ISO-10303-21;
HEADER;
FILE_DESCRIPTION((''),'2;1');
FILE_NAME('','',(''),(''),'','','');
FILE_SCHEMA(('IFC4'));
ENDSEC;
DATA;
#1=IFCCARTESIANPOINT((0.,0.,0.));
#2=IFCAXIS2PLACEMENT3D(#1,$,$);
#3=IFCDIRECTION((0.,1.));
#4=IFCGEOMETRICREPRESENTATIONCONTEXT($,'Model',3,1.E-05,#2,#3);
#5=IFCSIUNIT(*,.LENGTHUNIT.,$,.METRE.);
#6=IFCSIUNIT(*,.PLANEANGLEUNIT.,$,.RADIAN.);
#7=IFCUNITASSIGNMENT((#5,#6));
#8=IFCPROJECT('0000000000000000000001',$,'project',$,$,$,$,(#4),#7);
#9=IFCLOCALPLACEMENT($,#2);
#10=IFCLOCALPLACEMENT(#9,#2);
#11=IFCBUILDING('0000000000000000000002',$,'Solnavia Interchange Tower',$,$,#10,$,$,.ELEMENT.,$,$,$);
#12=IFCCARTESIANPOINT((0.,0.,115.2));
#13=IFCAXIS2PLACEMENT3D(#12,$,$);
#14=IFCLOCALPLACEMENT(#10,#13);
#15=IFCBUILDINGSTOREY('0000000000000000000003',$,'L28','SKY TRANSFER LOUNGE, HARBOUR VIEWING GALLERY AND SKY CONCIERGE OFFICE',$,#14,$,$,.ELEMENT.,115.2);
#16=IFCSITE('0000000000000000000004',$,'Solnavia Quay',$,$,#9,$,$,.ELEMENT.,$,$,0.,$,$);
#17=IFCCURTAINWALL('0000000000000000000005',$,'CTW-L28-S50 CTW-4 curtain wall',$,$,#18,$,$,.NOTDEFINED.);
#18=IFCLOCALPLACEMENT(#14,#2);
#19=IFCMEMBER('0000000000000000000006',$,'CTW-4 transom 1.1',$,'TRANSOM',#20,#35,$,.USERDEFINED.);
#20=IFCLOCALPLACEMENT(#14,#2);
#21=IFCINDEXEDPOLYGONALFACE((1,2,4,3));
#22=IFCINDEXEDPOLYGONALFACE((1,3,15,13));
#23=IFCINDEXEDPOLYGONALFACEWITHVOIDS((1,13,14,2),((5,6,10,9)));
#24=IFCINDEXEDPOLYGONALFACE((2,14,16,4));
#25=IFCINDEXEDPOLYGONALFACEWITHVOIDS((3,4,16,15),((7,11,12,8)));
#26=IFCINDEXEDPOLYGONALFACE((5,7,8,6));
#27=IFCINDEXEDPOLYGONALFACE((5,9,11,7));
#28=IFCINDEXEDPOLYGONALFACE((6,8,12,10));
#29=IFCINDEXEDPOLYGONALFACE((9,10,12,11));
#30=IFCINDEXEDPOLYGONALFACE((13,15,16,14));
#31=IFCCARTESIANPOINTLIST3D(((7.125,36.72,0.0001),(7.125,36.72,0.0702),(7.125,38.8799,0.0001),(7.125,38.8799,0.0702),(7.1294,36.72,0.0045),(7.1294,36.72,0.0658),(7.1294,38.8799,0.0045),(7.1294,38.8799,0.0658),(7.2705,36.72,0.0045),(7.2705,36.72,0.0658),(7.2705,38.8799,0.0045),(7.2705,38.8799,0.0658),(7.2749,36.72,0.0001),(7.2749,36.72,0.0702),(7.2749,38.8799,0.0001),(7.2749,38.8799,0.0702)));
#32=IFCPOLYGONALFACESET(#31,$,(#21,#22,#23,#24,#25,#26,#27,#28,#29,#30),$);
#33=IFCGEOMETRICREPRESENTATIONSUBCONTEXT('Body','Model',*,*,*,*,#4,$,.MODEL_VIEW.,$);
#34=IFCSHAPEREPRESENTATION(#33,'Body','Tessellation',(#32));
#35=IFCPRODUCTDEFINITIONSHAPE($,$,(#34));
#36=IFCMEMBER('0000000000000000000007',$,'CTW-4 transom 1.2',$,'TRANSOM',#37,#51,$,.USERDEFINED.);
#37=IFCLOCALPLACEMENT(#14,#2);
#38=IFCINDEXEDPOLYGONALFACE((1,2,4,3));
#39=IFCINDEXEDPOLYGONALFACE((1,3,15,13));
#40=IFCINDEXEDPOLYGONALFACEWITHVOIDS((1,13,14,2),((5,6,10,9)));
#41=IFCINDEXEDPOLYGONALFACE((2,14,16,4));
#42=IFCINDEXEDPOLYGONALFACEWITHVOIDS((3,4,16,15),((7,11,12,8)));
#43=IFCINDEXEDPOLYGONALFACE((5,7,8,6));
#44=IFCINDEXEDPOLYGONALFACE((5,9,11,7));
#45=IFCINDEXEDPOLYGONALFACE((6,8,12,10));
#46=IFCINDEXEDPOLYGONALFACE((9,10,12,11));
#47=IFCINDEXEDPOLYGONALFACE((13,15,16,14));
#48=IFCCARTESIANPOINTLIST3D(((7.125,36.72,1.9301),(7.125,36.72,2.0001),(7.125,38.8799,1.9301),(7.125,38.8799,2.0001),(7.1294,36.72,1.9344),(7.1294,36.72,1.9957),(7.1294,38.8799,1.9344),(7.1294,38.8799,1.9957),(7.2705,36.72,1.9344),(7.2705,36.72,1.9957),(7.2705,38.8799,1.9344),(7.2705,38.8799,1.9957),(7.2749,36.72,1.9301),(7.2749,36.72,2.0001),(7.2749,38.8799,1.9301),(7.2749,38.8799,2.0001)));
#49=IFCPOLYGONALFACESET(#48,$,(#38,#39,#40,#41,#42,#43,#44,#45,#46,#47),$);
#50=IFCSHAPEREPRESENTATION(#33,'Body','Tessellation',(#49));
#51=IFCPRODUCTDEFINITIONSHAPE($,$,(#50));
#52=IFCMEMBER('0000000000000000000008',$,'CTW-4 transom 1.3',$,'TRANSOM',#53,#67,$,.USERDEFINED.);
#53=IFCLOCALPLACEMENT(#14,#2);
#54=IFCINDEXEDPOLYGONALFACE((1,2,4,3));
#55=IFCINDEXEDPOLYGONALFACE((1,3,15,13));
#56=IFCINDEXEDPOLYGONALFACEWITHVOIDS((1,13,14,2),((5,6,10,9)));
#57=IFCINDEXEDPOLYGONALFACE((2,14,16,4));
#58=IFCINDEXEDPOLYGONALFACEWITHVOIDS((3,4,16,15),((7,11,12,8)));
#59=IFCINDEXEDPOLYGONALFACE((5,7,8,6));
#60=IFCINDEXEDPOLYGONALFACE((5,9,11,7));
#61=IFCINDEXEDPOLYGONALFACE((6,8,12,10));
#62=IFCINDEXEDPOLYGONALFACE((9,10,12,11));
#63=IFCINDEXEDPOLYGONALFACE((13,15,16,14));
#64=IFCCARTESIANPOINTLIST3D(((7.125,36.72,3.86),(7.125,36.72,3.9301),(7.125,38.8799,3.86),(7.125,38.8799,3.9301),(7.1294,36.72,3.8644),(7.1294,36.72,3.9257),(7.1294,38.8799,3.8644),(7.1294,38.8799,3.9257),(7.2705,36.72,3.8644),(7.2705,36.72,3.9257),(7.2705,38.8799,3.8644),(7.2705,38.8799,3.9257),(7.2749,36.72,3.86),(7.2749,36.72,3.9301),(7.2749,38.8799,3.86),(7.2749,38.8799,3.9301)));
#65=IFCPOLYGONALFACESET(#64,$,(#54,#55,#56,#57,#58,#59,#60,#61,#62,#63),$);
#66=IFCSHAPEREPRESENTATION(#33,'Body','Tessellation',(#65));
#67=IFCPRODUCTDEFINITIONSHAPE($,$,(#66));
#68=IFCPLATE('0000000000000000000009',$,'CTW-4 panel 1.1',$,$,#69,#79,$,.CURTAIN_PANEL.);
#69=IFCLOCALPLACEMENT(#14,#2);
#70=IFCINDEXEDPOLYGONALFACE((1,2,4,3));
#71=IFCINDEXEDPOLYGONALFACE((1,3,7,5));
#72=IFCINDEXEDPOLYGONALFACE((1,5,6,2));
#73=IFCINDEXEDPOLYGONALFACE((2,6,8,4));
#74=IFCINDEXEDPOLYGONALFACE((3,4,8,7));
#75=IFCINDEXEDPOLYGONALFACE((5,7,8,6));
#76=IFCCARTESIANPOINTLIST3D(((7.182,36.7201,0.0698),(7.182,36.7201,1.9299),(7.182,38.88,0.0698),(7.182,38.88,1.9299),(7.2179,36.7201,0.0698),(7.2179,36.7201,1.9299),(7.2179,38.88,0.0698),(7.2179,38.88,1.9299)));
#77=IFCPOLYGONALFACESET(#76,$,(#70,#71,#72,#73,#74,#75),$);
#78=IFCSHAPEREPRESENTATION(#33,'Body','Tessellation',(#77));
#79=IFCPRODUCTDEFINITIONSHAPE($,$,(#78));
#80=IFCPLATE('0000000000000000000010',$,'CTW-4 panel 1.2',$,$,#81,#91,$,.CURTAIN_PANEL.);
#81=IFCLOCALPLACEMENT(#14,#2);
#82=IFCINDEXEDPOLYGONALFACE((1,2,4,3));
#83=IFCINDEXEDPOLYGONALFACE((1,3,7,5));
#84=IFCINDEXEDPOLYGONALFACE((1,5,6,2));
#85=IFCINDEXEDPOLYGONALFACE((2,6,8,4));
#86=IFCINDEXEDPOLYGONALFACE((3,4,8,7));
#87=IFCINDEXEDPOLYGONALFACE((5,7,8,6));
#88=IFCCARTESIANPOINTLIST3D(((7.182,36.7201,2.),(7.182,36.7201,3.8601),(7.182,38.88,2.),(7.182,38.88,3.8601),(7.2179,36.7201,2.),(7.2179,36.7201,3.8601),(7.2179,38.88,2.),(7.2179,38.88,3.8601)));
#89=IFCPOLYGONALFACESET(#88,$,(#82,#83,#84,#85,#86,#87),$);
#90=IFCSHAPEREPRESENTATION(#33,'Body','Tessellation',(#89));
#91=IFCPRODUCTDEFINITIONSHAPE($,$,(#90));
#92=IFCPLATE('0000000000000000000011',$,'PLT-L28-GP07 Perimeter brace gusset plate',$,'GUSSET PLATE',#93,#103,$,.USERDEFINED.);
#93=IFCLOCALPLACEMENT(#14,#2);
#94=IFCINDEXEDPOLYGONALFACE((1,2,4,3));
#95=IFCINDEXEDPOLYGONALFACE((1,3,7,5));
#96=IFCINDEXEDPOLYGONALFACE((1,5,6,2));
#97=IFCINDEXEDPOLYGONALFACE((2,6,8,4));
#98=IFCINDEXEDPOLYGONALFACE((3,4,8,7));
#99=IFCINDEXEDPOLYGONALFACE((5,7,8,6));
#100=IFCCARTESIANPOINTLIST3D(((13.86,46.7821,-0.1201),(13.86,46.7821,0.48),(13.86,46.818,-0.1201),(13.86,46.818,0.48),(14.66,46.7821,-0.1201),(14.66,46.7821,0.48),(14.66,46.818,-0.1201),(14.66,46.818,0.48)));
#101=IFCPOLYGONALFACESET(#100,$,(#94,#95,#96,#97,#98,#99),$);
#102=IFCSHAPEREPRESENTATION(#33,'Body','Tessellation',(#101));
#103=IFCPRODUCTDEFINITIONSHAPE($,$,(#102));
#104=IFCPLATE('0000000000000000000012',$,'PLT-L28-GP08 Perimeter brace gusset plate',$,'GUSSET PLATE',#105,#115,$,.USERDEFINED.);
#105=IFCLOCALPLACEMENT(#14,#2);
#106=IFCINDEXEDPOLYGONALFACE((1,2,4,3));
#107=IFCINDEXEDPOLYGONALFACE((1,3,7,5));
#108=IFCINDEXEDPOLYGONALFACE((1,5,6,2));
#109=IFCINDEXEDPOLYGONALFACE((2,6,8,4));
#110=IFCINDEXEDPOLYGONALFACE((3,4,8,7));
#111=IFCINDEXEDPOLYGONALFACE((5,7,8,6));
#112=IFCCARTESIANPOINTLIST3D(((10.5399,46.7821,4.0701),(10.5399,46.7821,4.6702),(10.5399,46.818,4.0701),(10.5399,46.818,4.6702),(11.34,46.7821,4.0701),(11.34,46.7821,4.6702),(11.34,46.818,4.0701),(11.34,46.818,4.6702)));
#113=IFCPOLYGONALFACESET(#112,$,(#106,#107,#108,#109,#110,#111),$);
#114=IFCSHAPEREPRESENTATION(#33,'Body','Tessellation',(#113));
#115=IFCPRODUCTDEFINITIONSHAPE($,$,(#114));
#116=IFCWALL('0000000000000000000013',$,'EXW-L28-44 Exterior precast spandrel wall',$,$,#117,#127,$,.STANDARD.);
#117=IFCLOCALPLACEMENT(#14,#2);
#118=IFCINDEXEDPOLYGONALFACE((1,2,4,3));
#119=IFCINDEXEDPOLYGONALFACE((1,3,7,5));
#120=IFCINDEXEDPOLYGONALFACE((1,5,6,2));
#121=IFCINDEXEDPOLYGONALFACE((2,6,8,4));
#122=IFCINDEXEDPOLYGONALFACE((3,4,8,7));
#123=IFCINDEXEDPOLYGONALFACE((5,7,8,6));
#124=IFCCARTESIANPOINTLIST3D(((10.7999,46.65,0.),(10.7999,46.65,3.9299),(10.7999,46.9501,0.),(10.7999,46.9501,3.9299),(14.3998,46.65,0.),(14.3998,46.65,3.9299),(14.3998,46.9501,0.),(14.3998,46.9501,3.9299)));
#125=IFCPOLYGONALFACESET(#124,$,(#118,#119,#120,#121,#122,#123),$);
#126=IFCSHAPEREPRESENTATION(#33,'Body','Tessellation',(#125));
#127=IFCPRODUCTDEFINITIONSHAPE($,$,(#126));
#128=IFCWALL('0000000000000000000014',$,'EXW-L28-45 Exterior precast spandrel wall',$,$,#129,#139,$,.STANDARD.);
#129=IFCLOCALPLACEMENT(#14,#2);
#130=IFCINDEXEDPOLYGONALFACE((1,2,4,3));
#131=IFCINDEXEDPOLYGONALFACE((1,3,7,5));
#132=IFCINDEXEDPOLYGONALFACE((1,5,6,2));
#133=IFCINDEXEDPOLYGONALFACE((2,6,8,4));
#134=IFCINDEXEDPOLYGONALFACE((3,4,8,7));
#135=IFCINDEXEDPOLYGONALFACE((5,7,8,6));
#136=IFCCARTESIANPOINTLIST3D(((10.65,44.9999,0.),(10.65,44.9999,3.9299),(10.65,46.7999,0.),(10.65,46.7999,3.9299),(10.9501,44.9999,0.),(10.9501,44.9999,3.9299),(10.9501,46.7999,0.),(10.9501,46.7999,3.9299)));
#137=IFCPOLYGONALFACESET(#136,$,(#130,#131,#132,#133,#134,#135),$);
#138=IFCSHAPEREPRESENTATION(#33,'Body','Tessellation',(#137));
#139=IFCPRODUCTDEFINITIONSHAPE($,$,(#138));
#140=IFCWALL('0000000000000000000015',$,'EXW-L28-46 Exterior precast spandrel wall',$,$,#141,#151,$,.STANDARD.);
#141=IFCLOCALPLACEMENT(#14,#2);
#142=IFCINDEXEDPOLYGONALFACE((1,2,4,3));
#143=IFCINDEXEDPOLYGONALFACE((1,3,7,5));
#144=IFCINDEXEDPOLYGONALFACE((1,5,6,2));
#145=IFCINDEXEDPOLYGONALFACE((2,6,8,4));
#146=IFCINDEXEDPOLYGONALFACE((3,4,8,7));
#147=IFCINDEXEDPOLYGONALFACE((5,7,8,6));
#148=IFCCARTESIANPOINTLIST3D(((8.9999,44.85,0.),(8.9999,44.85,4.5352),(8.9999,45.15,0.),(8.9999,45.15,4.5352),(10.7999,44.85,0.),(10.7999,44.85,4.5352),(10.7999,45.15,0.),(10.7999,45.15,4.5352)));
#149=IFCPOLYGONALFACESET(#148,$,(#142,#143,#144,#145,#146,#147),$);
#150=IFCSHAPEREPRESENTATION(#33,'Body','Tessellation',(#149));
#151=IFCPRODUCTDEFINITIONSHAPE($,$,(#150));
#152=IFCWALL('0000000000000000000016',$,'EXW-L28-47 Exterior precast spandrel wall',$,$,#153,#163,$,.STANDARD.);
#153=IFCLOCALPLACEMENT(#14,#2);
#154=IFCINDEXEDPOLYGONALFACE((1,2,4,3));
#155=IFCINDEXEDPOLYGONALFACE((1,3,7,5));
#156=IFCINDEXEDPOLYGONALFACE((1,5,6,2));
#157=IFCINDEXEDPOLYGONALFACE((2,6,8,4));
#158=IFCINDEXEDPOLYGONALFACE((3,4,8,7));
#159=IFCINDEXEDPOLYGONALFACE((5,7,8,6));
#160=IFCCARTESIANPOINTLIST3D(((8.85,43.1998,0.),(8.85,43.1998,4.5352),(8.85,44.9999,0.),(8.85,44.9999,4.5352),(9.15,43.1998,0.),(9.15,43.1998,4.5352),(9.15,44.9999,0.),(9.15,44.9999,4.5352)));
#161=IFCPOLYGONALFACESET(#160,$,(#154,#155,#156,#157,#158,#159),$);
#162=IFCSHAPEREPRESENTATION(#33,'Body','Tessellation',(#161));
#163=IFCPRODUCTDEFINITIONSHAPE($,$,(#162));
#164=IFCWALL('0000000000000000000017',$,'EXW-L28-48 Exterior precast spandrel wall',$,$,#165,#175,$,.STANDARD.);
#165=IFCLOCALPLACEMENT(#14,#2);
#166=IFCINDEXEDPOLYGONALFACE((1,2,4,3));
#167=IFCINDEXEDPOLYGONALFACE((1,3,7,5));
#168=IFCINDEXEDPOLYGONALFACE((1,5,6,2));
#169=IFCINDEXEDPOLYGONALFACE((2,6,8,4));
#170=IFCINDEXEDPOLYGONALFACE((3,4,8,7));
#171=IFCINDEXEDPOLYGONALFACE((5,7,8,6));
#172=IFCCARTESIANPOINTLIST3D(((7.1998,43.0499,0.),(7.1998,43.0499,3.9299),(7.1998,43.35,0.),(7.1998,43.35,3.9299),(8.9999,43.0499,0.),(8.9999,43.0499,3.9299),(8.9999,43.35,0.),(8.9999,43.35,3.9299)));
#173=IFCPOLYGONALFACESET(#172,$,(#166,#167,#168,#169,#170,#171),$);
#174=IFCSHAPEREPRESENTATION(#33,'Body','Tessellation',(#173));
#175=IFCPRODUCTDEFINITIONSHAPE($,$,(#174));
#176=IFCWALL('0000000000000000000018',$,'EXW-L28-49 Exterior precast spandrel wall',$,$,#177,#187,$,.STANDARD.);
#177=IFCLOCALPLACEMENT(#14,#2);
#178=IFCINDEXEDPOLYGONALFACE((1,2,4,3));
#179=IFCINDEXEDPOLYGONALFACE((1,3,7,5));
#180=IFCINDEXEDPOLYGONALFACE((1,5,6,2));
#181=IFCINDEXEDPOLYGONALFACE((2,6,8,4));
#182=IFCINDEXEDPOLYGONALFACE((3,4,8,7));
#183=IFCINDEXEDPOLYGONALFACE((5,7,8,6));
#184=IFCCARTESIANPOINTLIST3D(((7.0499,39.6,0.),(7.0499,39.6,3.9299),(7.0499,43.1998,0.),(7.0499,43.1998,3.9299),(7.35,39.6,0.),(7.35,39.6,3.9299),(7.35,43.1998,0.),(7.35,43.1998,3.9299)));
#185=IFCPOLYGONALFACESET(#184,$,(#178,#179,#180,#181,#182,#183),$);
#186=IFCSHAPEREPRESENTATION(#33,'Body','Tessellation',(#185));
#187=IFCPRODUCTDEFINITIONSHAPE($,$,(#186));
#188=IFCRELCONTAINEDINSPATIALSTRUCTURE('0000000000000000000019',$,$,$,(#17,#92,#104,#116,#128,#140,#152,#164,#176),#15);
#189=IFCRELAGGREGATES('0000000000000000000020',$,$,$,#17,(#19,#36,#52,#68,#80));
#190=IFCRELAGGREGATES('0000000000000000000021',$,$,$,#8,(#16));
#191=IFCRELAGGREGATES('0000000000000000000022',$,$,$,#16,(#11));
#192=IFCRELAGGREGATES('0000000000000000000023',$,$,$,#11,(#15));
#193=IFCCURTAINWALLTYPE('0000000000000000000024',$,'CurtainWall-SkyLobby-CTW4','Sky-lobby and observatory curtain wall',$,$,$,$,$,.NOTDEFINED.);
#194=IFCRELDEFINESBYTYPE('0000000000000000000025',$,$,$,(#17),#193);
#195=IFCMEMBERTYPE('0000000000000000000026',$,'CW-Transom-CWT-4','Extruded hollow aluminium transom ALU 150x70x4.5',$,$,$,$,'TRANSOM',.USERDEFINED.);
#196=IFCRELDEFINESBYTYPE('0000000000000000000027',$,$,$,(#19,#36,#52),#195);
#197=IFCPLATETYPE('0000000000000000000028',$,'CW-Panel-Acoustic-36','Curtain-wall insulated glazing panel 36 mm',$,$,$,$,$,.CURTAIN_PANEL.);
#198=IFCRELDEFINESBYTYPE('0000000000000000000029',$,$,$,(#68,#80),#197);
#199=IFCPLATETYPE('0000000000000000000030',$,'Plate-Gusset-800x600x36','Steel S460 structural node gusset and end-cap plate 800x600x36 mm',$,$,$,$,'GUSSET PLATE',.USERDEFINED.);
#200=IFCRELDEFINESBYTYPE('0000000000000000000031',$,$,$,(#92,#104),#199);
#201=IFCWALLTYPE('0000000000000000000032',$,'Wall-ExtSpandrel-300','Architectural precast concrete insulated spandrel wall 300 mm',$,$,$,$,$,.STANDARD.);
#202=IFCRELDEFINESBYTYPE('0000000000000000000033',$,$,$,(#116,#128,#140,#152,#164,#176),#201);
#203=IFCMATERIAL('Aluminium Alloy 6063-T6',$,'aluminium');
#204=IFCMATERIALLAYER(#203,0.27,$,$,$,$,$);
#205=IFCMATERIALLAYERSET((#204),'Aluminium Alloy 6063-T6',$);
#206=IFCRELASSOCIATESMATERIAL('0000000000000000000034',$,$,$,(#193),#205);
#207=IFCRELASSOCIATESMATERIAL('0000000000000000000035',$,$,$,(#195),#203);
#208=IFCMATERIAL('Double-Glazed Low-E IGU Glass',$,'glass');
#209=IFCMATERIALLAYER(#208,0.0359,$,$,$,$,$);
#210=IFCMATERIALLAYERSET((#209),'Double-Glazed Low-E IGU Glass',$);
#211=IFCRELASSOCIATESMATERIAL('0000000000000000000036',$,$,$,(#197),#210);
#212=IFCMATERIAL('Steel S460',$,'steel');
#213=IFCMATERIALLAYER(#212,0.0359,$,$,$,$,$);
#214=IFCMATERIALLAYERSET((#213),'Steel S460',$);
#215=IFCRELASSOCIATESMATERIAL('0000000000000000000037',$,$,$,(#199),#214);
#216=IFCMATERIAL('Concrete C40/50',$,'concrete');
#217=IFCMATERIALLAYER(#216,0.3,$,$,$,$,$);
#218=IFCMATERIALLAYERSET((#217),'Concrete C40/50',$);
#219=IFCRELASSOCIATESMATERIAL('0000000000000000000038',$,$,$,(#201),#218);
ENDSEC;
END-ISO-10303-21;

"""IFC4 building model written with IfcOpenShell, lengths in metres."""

from ifc_helpers import new_model, si_unit, direction, frame, frame_2d, origin, origin_2d, place, context, subcontext, project, spatial, rectangle, hollow_rectangle, extrude, material, layer, layer_set, material_profile, profile_set, type_object, element, aggregate, save


model = new_model("IFC4")

# Units and contexts
model_context = context("Model", 3, precision=1e-05, world=origin(), true_north=direction((0.0, 1.0)))
body_context = subcontext(model_context, "Body", "Model", "MODEL_VIEW")
ifc_project = project(units=[si_unit("LENGTHUNIT", "METRE"), si_unit("PLANEANGLEUNIT", "RADIAN")], contexts=[model_context])

# Site, building, storey
site_placement = place(None, origin())
site = spatial("IfcSite", under=ifc_project, at=site_placement, Name="Solnavia Quay", CompositionType="ELEMENT", RefElevation=0.0)
building_placement = place(site_placement, origin())
building = spatial("IfcBuilding", under=site, at=building_placement, Name="Solnavia Interchange Tower", CompositionType="ELEMENT")
storey_placement = place(building_placement, frame((0.0, 0.0, 115.2)))
storey = spatial("IfcBuildingStorey", under=building, at=storey_placement, Name="L28", Description="SKY TRANSFER LOUNGE, HARBOUR VIEWING GALLERY AND SKY CONCIERGE OFFICE", CompositionType="ELEMENT", Elevation=115.2)

# Shared definitions
ifc_material_1 = material(Name="Steel S460", Category="steel")

# Curtain wall, members, plates
ifc_material_2 = material(Name="Aluminium Alloy 6063-T6", Category="aluminium")
ifc_layer_1 = layer(ifc_material_2, 0.27)
ifc_layer_set_1 = layer_set([ifc_layer_1], Name="Aluminium Alloy 6063-T6")
curtain_wall_type = type_object("IfcCurtainWallType", Name="CurtainWall-SkyLobby-CTW4", Description="Sky-lobby and observatory curtain wall", PredefinedType="NOTDEFINED", material=ifc_layer_set_1)
curtain_wall_placement = place(storey_placement, origin())
curtain_wall = element("IfcCurtainWall", 1, at=curtain_wall_placement, inside=storey, type_object=curtain_wall_type, Name="CTW-L28-S50 CTW-4 curtain wall", PredefinedType="NOTDEFINED")
ifc_material_profile_1 = material_profile(ifc_material_2, hollow_rectangle(XDim=0.0701, YDim=0.1499, WallThickness=0.0044, at=origin_2d()), Name="ALU 150x70x4.5")
ifc_profile_set_1 = profile_set([ifc_material_profile_1], Name="Aluminium Alloy 6063-T6")
member_type_1 = type_object("IfcMemberType", Name="CW-Transom-CWT-4", Description="Extruded hollow aluminium transom ALU 150x70x4.5", ElementType="TRANSOM", PredefinedType="USERDEFINED", material=ifc_profile_set_1)
member_1_placement = place(storey_placement, frame((7.2, 38.8799, 0.0352), z_axis=(0.0, -1.0, 0.0), x_axis=(0.0, 0.0, 1.0)))
member_1 = element("IfcMember", 2, at=member_1_placement, type_object=member_type_1, Name="CTW-4 transom 1.1", ObjectType="TRANSOM", PredefinedType="USERDEFINED", context=body_context, shape_type="SweptSolid", body=[
    extrude(hollow_rectangle(XDim=0.0701, YDim=0.1499, WallThickness=0.0044, at=origin_2d()), origin(), (0.0, 0.0, 1.0), 2.1599),
])
member_2_placement = place(storey_placement, frame((7.2, 38.8799, 1.9651), z_axis=(0.0, -1.0, 0.0), x_axis=(0.0, 0.0, 1.0)))
member_2 = element("IfcMember", 3, at=member_2_placement, type_object=member_type_1, Name="CTW-4 transom 1.2", ObjectType="TRANSOM", PredefinedType="USERDEFINED", context=body_context, shape_type="SweptSolid", body=[
    extrude(hollow_rectangle(XDim=0.0701, YDim=0.1499, WallThickness=0.0044, at=origin_2d()), origin(), (0.0, 0.0, 1.0), 2.1599),
])
member_3_placement = place(storey_placement, frame((7.2, 38.8799, 3.895), z_axis=(0.0, -1.0, 0.0), x_axis=(0.0, 0.0, 1.0)))
member_3 = element("IfcMember", 4, at=member_3_placement, type_object=member_type_1, Name="CTW-4 transom 1.3", ObjectType="TRANSOM", PredefinedType="USERDEFINED", context=body_context, shape_type="SweptSolid", body=[
    extrude(hollow_rectangle(XDim=0.0701, YDim=0.1499, WallThickness=0.0044, at=origin_2d()), origin(), (0.0, 0.0, 1.0), 2.1599),
])
ifc_material_3 = material(Name="Double-Glazed Low-E IGU Glass", Category="glass")
ifc_layer_2 = layer(ifc_material_3, 0.0359)
ifc_layer_set_2 = layer_set([ifc_layer_2], Name="Double-Glazed Low-E IGU Glass")
plate_type_1 = type_object("IfcPlateType", Name="CW-Panel-Acoustic-36", Description="Curtain-wall insulated glazing panel 36 mm", PredefinedType="CURTAIN_PANEL", material=ifc_layer_set_2)
plate_1_placement = place(storey_placement, frame((7.2, 37.8, 0.0698), z_axis=(0.0, 0.0, 1.0), x_axis=(0.0, -1.0, 0.0)))
plate_1 = element("IfcPlate", 5, at=plate_1_placement, type_object=plate_type_1, Name="CTW-4 panel 1.1", PredefinedType="CURTAIN_PANEL", context=body_context, shape_type="SweptSolid", body=[
    extrude(rectangle(XDim=2.1599, YDim=0.0359, at=origin_2d()), origin(), (0.0, 0.0, 1.0), 1.8601),
])
plate_2_placement = place(storey_placement, frame((7.2, 37.8, 2.0), z_axis=(0.0, 0.0, 1.0), x_axis=(0.0, -1.0, 0.0)))
plate_2 = element("IfcPlate", 6, at=plate_2_placement, type_object=plate_type_1, Name="CTW-4 panel 1.2", PredefinedType="CURTAIN_PANEL", context=body_context, shape_type="SweptSolid", body=[
    extrude(rectangle(XDim=2.1599, YDim=0.0359, at=origin_2d()), origin(), (0.0, 0.0, 1.0), 1.8601),
])
aggregate(curtain_wall, [member_1, member_2, member_3, plate_1, plate_2])

# Plates
ifc_layer_3 = layer(ifc_material_1, 0.0359)
ifc_layer_set_3 = layer_set([ifc_layer_3], Name="Steel S460")
plate_type_2 = type_object("IfcPlateType", Name="Plate-Gusset-800x600x36", Description="Steel S460 structural node gusset and end-cap plate 800x600x36 mm", ElementType="GUSSET PLATE", PredefinedType="USERDEFINED", material=ifc_layer_set_3)
for number, where, z_axis, x_axis, name in (
    (7, (14.26, 46.8, -0.1201), (0.0, 0.0, 1.0), (-1.0, 0.0, 0.0), "PLT-L28-GP07 Perimeter brace gusset plate"),
    (8, (10.9399, 46.8, 4.0701), (0.0, 0.0, 1.0), (-1.0, 0.0, 0.0), "PLT-L28-GP08 Perimeter brace gusset plate"),
):
    element("IfcPlate", number, at=place(storey_placement, frame(where, z_axis=z_axis, x_axis=x_axis)), inside=storey, type_object=plate_type_2, Name=name, ObjectType="GUSSET PLATE", PredefinedType="USERDEFINED", context=body_context, shape_type="SweptSolid", body=[
        extrude(rectangle(XDim=0.8, YDim=0.0359, at=origin_2d()), origin(), (0.0, 0.0, 1.0), 0.6001),
    ])

# Walls
ifc_material_4 = material(Name="Concrete C40/50", Category="concrete")
ifc_layer_4 = layer(ifc_material_4, 0.3)
ifc_layer_set_4 = layer_set([ifc_layer_4], Name="Concrete C40/50")
wall_type = type_object("IfcWallType", Name="Wall-ExtSpandrel-300", Description="Architectural precast concrete insulated spandrel wall 300 mm", PredefinedType="STANDARD", material=ifc_layer_set_4)
wall_1_placement = place(storey_placement, frame((10.8, 46.8, 0.0), z_axis=(0.0, 0.0, 1.0), x_axis=(1.0, 0.0, 0.0)))
element("IfcWall", 9, at=wall_1_placement, inside=storey, type_object=wall_type, Name="EXW-L28-44 Exterior precast spandrel wall", PredefinedType="STANDARD", context=body_context, shape_type="SweptSolid", body=[
    extrude(rectangle(XDim=3.5999, YDim=0.3, at=frame_2d((1.7998, 0.0))), origin(), (0.0, 0.0, 1.0), 3.9299),
])
wall_2_placement = place(storey_placement, frame((10.8, 45.0, 0.0), z_axis=(0.0, 0.0, 1.0), x_axis=(0.0, 1.0, 0.0)))
element("IfcWall", 10, at=wall_2_placement, inside=storey, type_object=wall_type, Name="EXW-L28-45 Exterior precast spandrel wall", PredefinedType="STANDARD", context=body_context, shape_type="SweptSolid", body=[
    extrude(rectangle(XDim=1.8, YDim=0.3, at=frame_2d((0.8999, 0.0))), origin(), (0.0, 0.0, 1.0), 3.9299),
])
for number, where, z_axis, x_axis, name in (
    (11, (9.0, 45.0, 0.0), (0.0, 0.0, 1.0), (1.0, 0.0, 0.0), "EXW-L28-46 Exterior precast spandrel wall"),
    (12, (9.0, 43.2, 0.0), (0.0, 0.0, 1.0), (0.0, 1.0, 0.0), "EXW-L28-47 Exterior precast spandrel wall"),
):
    element("IfcWall", number, at=place(storey_placement, frame(where, z_axis=z_axis, x_axis=x_axis)), inside=storey, type_object=wall_type, Name=name, PredefinedType="STANDARD", context=body_context, shape_type="SweptSolid", body=[
        extrude(rectangle(XDim=1.8, YDim=0.3, at=frame_2d((0.8999, 0.0))), origin(), (0.0, 0.0, 1.0), 4.5352),
    ])
wall_3_placement = place(storey_placement, frame((7.2, 43.2, 0.0), z_axis=(0.0, 0.0, 1.0), x_axis=(1.0, 0.0, 0.0)))
element("IfcWall", 13, at=wall_3_placement, inside=storey, type_object=wall_type, Name="EXW-L28-48 Exterior precast spandrel wall", PredefinedType="STANDARD", context=body_context, shape_type="SweptSolid", body=[
    extrude(rectangle(XDim=1.8, YDim=0.3, at=frame_2d((0.8999, 0.0))), origin(), (0.0, 0.0, 1.0), 3.9299),
])
wall_4_placement = place(storey_placement, frame((7.2, 39.6001, 0.0), z_axis=(0.0, 0.0, 1.0), x_axis=(0.0, 1.0, 0.0)))
element("IfcWall", 14, at=wall_4_placement, inside=storey, type_object=wall_type, Name="EXW-L28-49 Exterior precast spandrel wall", PredefinedType="STANDARD", context=body_context, shape_type="SweptSolid", body=[
    extrude(rectangle(XDim=3.5999, YDim=0.3, at=frame_2d((1.7998, 0.0))), origin(), (0.0, 0.0, 1.0), 3.9299),
])

save(model, "model.ifc")
